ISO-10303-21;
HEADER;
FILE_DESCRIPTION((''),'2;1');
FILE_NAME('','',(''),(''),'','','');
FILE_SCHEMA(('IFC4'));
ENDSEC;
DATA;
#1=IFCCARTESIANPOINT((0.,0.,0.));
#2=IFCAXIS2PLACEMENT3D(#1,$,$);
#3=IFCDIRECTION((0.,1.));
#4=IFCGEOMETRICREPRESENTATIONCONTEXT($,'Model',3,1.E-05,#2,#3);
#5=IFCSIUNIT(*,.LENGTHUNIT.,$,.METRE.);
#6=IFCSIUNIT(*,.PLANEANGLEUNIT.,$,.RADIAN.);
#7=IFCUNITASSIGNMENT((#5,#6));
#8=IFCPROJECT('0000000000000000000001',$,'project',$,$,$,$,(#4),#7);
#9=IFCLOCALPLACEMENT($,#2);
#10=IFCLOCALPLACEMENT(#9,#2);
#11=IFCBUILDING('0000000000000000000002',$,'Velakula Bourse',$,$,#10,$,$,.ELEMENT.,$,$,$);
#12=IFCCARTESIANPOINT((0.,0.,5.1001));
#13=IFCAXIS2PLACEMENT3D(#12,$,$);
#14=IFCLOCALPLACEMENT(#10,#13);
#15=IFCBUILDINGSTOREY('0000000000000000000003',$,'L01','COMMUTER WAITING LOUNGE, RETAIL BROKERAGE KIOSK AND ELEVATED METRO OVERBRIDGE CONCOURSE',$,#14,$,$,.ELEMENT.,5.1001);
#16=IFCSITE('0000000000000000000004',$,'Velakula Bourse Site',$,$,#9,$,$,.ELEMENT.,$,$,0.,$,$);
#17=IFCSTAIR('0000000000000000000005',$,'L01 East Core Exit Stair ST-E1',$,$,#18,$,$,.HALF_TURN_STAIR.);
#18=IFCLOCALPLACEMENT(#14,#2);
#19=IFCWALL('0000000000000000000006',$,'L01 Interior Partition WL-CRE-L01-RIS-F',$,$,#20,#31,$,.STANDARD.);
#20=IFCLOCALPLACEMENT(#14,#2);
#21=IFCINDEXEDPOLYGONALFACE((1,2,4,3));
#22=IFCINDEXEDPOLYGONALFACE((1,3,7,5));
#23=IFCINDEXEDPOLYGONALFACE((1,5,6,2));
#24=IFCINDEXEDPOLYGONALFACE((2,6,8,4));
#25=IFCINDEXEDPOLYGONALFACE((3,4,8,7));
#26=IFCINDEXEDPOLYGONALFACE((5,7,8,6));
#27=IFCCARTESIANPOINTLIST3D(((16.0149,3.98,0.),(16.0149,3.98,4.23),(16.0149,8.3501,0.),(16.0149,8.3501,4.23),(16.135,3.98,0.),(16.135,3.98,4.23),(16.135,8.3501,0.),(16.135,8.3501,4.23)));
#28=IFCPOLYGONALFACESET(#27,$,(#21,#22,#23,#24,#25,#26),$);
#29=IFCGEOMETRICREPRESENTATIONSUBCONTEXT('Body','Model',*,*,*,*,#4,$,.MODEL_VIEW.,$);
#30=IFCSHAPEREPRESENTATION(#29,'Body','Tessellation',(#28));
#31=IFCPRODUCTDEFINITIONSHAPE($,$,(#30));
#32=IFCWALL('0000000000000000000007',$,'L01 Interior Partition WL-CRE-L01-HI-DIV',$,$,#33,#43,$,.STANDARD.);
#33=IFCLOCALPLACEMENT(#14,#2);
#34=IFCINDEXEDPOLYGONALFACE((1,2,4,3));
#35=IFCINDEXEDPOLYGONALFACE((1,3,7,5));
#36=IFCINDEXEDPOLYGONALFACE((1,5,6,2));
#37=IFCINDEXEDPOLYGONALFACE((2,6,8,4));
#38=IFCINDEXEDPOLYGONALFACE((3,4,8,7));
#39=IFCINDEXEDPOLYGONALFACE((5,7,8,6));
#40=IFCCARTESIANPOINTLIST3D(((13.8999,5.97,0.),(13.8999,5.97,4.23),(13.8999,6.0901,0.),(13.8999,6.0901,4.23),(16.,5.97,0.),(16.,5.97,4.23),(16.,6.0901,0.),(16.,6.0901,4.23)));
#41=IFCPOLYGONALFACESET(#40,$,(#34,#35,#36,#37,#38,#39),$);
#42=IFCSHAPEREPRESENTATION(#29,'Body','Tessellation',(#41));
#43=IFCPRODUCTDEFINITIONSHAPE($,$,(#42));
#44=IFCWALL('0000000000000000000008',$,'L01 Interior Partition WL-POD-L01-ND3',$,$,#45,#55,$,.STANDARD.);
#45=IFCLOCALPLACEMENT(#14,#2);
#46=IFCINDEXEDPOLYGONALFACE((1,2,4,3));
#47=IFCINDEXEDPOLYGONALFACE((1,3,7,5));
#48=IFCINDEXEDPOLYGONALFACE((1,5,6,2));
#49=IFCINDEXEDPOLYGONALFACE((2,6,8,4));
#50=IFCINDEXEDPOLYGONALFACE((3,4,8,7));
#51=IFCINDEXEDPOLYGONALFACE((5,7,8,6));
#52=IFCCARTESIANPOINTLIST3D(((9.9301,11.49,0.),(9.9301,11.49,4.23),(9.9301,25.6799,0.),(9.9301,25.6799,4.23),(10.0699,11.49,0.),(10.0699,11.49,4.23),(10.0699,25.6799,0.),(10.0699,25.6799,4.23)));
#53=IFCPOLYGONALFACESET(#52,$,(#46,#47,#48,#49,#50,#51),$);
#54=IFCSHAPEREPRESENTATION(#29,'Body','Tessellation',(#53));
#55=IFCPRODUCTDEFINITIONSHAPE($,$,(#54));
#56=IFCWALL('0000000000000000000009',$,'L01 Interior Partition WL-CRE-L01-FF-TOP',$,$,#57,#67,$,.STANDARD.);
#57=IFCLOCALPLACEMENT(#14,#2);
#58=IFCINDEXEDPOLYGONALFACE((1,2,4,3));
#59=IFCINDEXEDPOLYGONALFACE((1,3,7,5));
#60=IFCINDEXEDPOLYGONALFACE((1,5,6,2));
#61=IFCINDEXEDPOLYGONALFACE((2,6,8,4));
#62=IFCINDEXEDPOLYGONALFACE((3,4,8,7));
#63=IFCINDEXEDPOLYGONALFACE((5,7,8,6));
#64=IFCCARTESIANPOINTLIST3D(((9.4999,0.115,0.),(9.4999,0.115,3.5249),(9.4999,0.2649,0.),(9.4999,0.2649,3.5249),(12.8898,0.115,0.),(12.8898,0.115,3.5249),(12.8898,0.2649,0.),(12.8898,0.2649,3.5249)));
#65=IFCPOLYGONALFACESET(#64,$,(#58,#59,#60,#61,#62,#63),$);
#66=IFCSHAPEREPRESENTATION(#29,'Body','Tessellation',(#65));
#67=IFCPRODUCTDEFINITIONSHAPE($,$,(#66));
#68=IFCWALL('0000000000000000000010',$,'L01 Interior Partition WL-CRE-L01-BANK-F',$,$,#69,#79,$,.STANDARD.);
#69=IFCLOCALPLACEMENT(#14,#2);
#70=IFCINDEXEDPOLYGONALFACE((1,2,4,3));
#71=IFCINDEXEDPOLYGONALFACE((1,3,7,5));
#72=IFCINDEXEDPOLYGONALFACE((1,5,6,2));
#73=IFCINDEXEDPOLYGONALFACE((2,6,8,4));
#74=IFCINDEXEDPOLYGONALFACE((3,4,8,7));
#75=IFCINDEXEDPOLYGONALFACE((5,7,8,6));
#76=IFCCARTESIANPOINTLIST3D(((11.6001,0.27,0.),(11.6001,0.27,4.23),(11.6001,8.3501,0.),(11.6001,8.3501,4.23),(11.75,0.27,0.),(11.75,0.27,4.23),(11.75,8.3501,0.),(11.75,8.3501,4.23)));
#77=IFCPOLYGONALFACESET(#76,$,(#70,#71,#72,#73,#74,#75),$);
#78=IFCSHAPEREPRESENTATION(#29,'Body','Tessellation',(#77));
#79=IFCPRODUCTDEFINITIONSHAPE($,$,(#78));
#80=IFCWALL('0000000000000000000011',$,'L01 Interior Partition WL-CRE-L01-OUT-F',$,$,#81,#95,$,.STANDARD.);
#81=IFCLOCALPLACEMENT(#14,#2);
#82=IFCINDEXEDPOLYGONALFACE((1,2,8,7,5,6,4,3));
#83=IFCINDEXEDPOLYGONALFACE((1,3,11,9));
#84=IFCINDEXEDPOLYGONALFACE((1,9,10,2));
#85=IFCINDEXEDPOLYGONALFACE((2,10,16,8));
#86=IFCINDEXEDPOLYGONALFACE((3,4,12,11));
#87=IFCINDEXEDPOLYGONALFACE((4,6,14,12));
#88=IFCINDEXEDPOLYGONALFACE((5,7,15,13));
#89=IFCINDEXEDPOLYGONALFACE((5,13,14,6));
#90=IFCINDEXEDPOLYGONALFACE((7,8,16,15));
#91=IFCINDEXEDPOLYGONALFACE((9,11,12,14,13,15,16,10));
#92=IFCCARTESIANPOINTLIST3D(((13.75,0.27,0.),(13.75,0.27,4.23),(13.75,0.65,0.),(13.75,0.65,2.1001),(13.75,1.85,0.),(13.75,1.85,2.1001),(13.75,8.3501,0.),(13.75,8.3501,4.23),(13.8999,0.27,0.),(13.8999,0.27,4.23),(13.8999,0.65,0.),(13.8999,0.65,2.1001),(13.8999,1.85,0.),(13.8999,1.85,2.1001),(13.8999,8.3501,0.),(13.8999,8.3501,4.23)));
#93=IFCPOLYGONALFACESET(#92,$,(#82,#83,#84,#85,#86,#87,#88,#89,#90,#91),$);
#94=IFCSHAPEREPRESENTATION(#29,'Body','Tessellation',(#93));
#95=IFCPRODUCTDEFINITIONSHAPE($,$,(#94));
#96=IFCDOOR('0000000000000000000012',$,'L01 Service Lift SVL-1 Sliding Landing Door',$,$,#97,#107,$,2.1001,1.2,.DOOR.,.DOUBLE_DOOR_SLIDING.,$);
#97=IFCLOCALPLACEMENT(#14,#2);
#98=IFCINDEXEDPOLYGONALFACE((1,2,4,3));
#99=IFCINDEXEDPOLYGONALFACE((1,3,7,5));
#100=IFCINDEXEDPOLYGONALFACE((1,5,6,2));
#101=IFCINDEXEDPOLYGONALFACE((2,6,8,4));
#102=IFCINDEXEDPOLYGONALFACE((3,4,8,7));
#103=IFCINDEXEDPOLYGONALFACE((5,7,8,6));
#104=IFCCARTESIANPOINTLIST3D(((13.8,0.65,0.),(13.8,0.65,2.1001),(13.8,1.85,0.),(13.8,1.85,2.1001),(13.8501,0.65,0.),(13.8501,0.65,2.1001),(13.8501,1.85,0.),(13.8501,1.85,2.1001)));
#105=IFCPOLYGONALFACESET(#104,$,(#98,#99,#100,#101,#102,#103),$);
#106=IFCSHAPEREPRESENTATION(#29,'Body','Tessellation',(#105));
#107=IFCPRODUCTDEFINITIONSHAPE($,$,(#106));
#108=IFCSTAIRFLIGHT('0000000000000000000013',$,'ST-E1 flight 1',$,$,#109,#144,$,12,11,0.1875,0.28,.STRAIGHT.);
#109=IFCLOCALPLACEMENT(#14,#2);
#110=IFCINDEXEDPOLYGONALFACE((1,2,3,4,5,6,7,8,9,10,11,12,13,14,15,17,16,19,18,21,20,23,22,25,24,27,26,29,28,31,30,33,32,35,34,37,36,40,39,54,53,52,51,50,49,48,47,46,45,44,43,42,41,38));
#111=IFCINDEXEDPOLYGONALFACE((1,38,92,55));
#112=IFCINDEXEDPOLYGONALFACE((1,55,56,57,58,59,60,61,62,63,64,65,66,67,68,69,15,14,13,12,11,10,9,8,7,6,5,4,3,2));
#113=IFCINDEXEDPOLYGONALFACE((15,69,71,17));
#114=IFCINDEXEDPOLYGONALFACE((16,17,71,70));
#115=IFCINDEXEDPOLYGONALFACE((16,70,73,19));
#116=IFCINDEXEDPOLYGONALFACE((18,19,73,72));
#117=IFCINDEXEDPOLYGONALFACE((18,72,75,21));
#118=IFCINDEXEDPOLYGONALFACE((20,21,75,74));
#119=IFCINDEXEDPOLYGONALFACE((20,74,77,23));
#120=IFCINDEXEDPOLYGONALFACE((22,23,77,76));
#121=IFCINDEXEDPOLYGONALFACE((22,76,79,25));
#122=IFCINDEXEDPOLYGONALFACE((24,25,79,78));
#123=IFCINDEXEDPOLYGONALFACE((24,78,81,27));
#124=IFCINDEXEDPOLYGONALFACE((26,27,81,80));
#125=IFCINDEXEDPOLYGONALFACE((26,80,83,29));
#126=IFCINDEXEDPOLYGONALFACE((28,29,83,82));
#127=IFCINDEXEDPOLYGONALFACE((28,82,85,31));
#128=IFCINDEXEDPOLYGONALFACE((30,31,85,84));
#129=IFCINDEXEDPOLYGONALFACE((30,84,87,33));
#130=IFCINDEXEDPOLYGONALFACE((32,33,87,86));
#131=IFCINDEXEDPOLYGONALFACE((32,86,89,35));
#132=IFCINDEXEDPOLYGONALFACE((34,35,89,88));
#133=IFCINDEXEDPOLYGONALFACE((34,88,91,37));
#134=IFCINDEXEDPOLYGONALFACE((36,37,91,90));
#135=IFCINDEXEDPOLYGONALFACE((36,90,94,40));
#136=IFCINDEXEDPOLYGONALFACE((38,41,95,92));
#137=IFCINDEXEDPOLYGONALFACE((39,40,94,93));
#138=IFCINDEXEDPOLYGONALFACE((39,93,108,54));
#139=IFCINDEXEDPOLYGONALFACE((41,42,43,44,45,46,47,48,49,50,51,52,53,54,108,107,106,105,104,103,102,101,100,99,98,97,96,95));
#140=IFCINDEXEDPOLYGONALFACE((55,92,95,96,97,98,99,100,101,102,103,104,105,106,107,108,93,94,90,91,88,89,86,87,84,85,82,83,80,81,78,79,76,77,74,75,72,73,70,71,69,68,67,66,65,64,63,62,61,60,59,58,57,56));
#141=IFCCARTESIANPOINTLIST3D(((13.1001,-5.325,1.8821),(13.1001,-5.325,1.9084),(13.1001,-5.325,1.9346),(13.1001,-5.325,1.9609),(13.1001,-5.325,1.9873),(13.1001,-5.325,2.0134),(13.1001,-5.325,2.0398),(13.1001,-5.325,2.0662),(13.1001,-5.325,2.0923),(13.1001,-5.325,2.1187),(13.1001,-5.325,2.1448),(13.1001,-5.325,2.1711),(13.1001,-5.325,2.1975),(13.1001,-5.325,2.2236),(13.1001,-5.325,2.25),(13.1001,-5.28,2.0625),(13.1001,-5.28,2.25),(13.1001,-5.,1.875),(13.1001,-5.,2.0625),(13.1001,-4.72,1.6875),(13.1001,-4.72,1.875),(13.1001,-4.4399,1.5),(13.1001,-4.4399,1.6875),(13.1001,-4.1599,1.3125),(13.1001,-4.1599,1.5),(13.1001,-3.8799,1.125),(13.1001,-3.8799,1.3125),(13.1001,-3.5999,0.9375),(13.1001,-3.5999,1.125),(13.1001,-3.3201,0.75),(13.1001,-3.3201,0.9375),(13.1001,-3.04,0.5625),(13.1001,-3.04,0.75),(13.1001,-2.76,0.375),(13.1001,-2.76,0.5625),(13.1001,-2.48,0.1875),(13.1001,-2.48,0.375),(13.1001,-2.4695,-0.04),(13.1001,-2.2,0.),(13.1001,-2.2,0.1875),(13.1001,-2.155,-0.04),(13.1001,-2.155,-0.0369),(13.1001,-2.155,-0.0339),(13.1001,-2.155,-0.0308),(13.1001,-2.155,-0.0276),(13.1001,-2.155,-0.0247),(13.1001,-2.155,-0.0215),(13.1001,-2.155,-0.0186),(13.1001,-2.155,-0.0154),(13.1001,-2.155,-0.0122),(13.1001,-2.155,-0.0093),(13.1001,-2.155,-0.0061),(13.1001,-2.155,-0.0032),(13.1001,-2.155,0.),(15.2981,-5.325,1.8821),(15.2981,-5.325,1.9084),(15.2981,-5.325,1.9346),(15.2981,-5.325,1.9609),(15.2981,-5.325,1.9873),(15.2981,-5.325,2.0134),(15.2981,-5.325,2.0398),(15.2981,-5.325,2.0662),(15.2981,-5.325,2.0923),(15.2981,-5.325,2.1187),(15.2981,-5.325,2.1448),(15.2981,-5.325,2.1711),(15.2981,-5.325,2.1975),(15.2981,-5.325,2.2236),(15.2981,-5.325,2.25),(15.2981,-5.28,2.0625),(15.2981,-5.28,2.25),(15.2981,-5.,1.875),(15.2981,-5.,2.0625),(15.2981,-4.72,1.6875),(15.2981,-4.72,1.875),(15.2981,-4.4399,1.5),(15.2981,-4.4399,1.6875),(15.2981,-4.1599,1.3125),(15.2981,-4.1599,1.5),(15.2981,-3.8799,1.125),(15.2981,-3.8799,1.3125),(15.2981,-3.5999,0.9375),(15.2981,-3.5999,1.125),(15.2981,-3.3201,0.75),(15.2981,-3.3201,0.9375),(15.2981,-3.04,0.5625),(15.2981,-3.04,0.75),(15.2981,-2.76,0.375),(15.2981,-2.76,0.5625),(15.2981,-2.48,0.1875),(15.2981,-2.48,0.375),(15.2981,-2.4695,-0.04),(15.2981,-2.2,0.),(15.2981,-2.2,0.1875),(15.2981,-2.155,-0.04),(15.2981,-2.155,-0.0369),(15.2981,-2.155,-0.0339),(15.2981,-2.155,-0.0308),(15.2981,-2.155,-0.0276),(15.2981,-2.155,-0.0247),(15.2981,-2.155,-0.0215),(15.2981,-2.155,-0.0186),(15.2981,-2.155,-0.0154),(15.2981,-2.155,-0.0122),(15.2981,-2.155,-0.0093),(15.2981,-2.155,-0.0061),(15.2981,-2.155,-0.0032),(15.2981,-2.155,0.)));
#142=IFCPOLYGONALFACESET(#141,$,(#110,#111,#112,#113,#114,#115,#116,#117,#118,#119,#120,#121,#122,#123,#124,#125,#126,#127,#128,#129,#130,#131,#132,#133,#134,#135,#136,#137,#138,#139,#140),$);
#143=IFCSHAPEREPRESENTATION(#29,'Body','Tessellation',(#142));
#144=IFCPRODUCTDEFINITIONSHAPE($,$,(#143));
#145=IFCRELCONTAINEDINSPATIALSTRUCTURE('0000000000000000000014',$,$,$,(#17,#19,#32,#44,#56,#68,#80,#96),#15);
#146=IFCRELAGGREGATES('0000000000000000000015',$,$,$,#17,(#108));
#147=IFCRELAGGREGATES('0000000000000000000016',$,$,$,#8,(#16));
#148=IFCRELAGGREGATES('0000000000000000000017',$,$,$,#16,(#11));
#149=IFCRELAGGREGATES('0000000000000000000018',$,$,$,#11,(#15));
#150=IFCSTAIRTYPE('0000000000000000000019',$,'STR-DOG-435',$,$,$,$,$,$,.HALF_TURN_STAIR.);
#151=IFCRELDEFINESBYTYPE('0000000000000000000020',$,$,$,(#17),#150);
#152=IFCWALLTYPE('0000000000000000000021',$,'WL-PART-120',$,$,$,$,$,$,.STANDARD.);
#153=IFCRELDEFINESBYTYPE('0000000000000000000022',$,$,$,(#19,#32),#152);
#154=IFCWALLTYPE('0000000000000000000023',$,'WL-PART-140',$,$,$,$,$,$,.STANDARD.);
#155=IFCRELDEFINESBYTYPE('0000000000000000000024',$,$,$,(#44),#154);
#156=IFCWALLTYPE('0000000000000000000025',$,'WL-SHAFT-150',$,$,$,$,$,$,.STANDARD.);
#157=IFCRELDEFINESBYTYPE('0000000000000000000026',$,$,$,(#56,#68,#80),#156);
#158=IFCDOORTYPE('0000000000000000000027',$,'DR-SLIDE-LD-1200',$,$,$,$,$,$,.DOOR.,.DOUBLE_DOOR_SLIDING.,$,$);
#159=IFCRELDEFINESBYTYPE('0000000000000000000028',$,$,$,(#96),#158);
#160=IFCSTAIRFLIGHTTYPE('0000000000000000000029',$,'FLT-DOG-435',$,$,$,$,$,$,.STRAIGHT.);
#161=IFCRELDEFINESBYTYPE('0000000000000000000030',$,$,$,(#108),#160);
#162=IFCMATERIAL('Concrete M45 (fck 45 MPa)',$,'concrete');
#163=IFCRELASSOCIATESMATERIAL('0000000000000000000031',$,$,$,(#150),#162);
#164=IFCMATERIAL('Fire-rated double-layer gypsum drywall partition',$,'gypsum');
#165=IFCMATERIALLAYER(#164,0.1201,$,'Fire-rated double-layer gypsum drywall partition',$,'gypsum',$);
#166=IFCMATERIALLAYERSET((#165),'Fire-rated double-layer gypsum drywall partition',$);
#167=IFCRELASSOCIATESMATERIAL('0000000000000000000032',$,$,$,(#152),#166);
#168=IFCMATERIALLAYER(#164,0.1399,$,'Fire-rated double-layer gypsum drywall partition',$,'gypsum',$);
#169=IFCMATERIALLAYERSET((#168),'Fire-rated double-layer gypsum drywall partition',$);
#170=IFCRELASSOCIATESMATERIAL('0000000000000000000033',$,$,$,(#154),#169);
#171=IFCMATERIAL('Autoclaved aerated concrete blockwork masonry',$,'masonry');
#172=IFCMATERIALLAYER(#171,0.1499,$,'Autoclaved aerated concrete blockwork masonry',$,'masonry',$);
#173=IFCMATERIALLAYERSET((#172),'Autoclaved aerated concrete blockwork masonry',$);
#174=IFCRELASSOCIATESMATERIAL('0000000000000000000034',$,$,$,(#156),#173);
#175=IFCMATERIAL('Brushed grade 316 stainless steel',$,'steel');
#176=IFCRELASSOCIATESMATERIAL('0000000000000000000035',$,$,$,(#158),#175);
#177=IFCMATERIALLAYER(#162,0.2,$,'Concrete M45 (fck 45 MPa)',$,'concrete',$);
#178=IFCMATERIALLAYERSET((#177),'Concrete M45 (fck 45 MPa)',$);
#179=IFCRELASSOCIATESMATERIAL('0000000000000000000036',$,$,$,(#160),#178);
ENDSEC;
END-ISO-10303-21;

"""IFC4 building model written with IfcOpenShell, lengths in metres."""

from ifc_helpers import new_model, si_unit, direction, frame, frame_2d, origin, place, context, subcontext, project, spatial, polyline, rectangle, outline, extrude, material, layer, layer_set, type_object, element, fill, aggregate, save


model = new_model("IFC4")

# Units and contexts
model_context = context("Model", 3, precision=1e-05, world=origin(), true_north=direction((0.0, 1.0)))
body_context = subcontext(model_context, "Body", "Model", "MODEL_VIEW")
ifc_project = project(units=[si_unit("LENGTHUNIT", "METRE"), si_unit("PLANEANGLEUNIT", "RADIAN")], contexts=[model_context])

# Site, building, storey
site_placement = place(None, origin())
site = spatial("IfcSite", under=ifc_project, at=site_placement, Name="Velakula Bourse Site", CompositionType="ELEMENT", RefElevation=0.0)
building_placement = place(site_placement, origin())
building = spatial("IfcBuilding", under=site, at=building_placement, Name="Velakula Bourse", CompositionType="ELEMENT")
storey_placement = place(building_placement, frame((0.0, 0.0, 5.1001)))
storey = spatial("IfcBuildingStorey", under=building, at=storey_placement, Name="L01", Description="COMMUTER WAITING LOUNGE, RETAIL BROKERAGE KIOSK AND ELEVATED METRO OVERBRIDGE CONCOURSE", CompositionType="ELEMENT", Elevation=5.1001)

# Shared definitions
ifc_material_1 = material(Name="Concrete M45 (fck 45 MPa)", Category="concrete")

# Stair
stair_type = type_object("IfcStairType", Name="STR-DOG-435", PredefinedType="HALF_TURN_STAIR", material=ifc_material_1)
stair_1_placement = place(storey_placement, origin())
stair_1 = element("IfcStair", 1, at=stair_1_placement, inside=storey, type_object=stair_type, Name="L01 East Core Exit Stair ST-E1", PredefinedType="HALF_TURN_STAIR")

# Shared definitions
ifc_material_2 = material(Name="Fire-rated double-layer gypsum drywall partition", Category="gypsum")
ifc_layer_1 = layer(ifc_material_2, 0.1201, Name="Fire-rated double-layer gypsum drywall partition", Category="gypsum")
ifc_layer_set_1 = layer_set([ifc_layer_1], Name="Fire-rated double-layer gypsum drywall partition")
wall_type_1 = type_object("IfcWallType", Name="WL-PART-120", PredefinedType="STANDARD", material=ifc_layer_set_1)

# Walls
wall_1_placement = place(storey_placement, frame((16.075, 3.98, 0.0), z_axis=(0.0, 0.0, 1.0), x_axis=(0.0, 1.0, 0.0)))
element("IfcWall", 2, at=wall_1_placement, inside=storey, type_object=wall_type_1, Name="L01 Interior Partition WL-CRE-L01-RIS-F", PredefinedType="STANDARD", context=body_context, shape_type="SweptSolid", body=[
    extrude(rectangle(XDim=4.3701, YDim=0.1201, at=frame_2d((2.1851, 0.0))), origin(), (0.0, 0.0, 1.0), 4.23),
])
wall_2_placement = place(storey_placement, frame((13.8999, 6.03, 0.0), z_axis=(0.0, 0.0, 1.0), x_axis=(1.0, 0.0, 0.0)))
element("IfcWall", 3, at=wall_2_placement, inside=storey, type_object=wall_type_1, Name="L01 Interior Partition WL-CRE-L01-HI-DIV", PredefinedType="STANDARD", context=body_context, shape_type="SweptSolid", body=[
    extrude(rectangle(XDim=2.1001, YDim=0.1201, at=frame_2d((1.05, 0.0))), origin(), (0.0, 0.0, 1.0), 4.23),
])
ifc_layer_2 = layer(ifc_material_2, 0.1399, Name="Fire-rated double-layer gypsum drywall partition", Category="gypsum")
ifc_layer_set_2 = layer_set([ifc_layer_2], Name="Fire-rated double-layer gypsum drywall partition")
wall_type_2 = type_object("IfcWallType", Name="WL-PART-140", PredefinedType="STANDARD", material=ifc_layer_set_2)
wall_3_placement = place(storey_placement, frame((10.0, 11.49, 0.0), z_axis=(0.0, 0.0, 1.0), x_axis=(0.0, 1.0, 0.0)))
element("IfcWall", 4, at=wall_3_placement, inside=storey, type_object=wall_type_2, Name="L01 Interior Partition WL-POD-L01-ND3", PredefinedType="STANDARD", context=body_context, shape_type="SweptSolid", body=[
    extrude(rectangle(XDim=14.1899, YDim=0.1399, at=frame_2d((7.095, 0.0))), origin(), (0.0, 0.0, 1.0), 4.23),
])
ifc_material_3 = material(Name="Autoclaved aerated concrete blockwork masonry", Category="masonry")
ifc_layer_3 = layer(ifc_material_3, 0.1499, Name="Autoclaved aerated concrete blockwork masonry", Category="masonry")
ifc_layer_set_3 = layer_set([ifc_layer_3], Name="Autoclaved aerated concrete blockwork masonry")
wall_type_3 = type_object("IfcWallType", Name="WL-SHAFT-150", PredefinedType="STANDARD", material=ifc_layer_set_3)
wall_4_placement = place(storey_placement, frame((9.5, 0.1899, 0.0), z_axis=(0.0, 0.0, 1.0), x_axis=(1.0, 0.0, 0.0)))
element("IfcWall", 5, at=wall_4_placement, inside=storey, type_object=wall_type_3, Name="L01 Interior Partition WL-CRE-L01-FF-TOP", PredefinedType="STANDARD", context=body_context, shape_type="SweptSolid", body=[
    extrude(rectangle(XDim=3.3899, YDim=0.1499, at=frame_2d((1.6948, 0.0))), origin(), (0.0, 0.0, 1.0), 3.5249),
])
wall_5_placement = place(storey_placement, frame((11.675, 0.27, 0.0), z_axis=(0.0, 0.0, 1.0), x_axis=(0.0, 1.0, 0.0)))
element("IfcWall", 6, at=wall_5_placement, inside=storey, type_object=wall_type_3, Name="L01 Interior Partition WL-CRE-L01-BANK-F", PredefinedType="STANDARD", context=body_context, shape_type="SweptSolid", body=[
    extrude(rectangle(XDim=8.0801, YDim=0.1499, at=frame_2d((4.04, 0.0))), origin(), (0.0, 0.0, 1.0), 4.23),
])

# Wall, opening, door
wall_6_placement = place(storey_placement, frame((13.825, 0.27, 0.0), z_axis=(0.0, 0.0, 1.0), x_axis=(0.0, 1.0, 0.0)))
wall_6 = element("IfcWall", 7, at=wall_6_placement, inside=storey, type_object=wall_type_3, Name="L01 Interior Partition WL-CRE-L01-OUT-F", PredefinedType="STANDARD", context=body_context, shape_type="SweptSolid", body=[
    extrude(rectangle(XDim=8.0801, YDim=0.1499, at=frame_2d((4.04, 0.0))), origin(), (0.0, 0.0, 1.0), 4.23),
])
opening_1_placement = place(wall_6_placement, frame((0.3799, 0.0, 0.0)))
opening_1 = element("IfcOpeningElement", 8, at=opening_1_placement, cuts=wall_6, PredefinedType="OPENING", context=body_context, shape_type="SweptSolid", body=[
    extrude(rectangle(XDim=1.2, YDim=2.1001, at=frame_2d((0.6001, 1.05))), frame((0.0, 0.085, 0.0), z_axis=(0.0, -1.0, 0.0), x_axis=(1.0, 0.0, 0.0)), (0.0, 0.0, 1.0), 0.1699),
])
ifc_material_4 = material(Name="Brushed grade 316 stainless steel", Category="steel")
door_type_1 = type_object("IfcDoorType", Name="DR-SLIDE-LD-1200", OperationType="DOUBLE_DOOR_SLIDING", PredefinedType="DOOR", material=ifc_material_4)
door_1_placement = place(opening_1_placement, origin())
door_1 = element("IfcDoor", 9, at=door_1_placement, inside=storey, type_object=door_type_1, Name="L01 Service Lift SVL-1 Sliding Landing Door", OperationType="DOUBLE_DOOR_SLIDING", OverallHeight=2.1001, OverallWidth=1.2, PredefinedType="DOOR", context=body_context, shape_type="SweptSolid", body=[
    extrude(rectangle(XDim=1.2, YDim=2.1001, at=frame_2d((0.6001, 1.05))), frame((0.0, 0.0249, 0.0), z_axis=(0.0, -1.0, 0.0), x_axis=(1.0, 0.0, 0.0)), (0.0, 0.0, 1.0), 0.05),
])
fill(opening_1, door_1)

# Stair flight
ifc_layer_4 = layer(ifc_material_1, 0.2, Name="Concrete M45 (fck 45 MPa)", Category="concrete")
ifc_layer_set_4 = layer_set([ifc_layer_4], Name="Concrete M45 (fck 45 MPa)")
stair_flight_type = type_object("IfcStairFlightType", Name="FLT-DOG-435", PredefinedType="STRAIGHT", material=ifc_layer_set_4)
stair_flight_placement = place(storey_placement, frame((14.199, -2.2, 0.0), z_axis=(0.0, 0.0, 1.0), x_axis=(0.0, -1.0, 0.0)))
stair_flight = element("IfcStairFlight", 10, at=stair_flight_placement, type_object=stair_flight_type, Name="ST-E1 flight 1", NumberOfRisers=12, NumberOfTreads=11, PredefinedType="STRAIGHT", RiserHeight=0.1875, TreadLength=0.28, context=body_context, shape_type="SweptSolid", body=[
    extrude(outline(polyline([(-0.0449, -0.04), (-0.0449, -0.0369), (-0.0449, -0.0339), (-0.0449, -0.0308), (-0.0449, -0.0276), (-0.0449, -0.0247), (-0.0449, -0.0215), (-0.0449, -0.0186), (-0.0449, -0.0154), (-0.0449, -0.0122), (-0.0449, -0.0093), (-0.0449, -0.0061), (-0.0449, -0.0032), (-0.0449, 0.0), (0.0, 0.0), (0.0, 0.1875), (0.28, 0.1875), (0.28, 0.375), (0.5601, 0.375), (0.5601, 0.5625), (0.8401, 0.5625), (0.8401, 0.75), (1.1201, 0.75), (1.1201, 0.9375), (1.3999, 0.9375), (1.3999, 1.125), (1.6799, 1.125), (1.6799, 1.3125), (1.96, 1.3125), (1.96, 1.5), (2.24, 1.5), (2.24, 1.6875), (2.52, 1.6875), (2.52, 1.875), (2.8, 1.875), (2.8, 2.0625), (3.0801, 2.0625), (3.0801, 2.25), (3.125, 2.25), (3.125, 2.2236), (3.125, 2.1975), (3.125, 2.1711), (3.125, 2.1448), (3.125, 2.1187), (3.125, 2.0923), (3.125, 2.0662), (3.125, 2.0398), (3.125, 2.0134), (3.125, 1.9873), (3.125, 1.9609), (3.125, 1.9346), (3.125, 1.9084), (3.125, 1.8821), (0.2695, -0.04), (-0.0449, -0.04)])), frame((0.0, 1.0991, 0.0), z_axis=(0.0, -1.0, 0.0), x_axis=(1.0, 0.0, 0.0)), (0.0, 0.0, 1.0), 2.198),
])
aggregate(stair_1, [stair_flight])

save(model, "model.ifc")
